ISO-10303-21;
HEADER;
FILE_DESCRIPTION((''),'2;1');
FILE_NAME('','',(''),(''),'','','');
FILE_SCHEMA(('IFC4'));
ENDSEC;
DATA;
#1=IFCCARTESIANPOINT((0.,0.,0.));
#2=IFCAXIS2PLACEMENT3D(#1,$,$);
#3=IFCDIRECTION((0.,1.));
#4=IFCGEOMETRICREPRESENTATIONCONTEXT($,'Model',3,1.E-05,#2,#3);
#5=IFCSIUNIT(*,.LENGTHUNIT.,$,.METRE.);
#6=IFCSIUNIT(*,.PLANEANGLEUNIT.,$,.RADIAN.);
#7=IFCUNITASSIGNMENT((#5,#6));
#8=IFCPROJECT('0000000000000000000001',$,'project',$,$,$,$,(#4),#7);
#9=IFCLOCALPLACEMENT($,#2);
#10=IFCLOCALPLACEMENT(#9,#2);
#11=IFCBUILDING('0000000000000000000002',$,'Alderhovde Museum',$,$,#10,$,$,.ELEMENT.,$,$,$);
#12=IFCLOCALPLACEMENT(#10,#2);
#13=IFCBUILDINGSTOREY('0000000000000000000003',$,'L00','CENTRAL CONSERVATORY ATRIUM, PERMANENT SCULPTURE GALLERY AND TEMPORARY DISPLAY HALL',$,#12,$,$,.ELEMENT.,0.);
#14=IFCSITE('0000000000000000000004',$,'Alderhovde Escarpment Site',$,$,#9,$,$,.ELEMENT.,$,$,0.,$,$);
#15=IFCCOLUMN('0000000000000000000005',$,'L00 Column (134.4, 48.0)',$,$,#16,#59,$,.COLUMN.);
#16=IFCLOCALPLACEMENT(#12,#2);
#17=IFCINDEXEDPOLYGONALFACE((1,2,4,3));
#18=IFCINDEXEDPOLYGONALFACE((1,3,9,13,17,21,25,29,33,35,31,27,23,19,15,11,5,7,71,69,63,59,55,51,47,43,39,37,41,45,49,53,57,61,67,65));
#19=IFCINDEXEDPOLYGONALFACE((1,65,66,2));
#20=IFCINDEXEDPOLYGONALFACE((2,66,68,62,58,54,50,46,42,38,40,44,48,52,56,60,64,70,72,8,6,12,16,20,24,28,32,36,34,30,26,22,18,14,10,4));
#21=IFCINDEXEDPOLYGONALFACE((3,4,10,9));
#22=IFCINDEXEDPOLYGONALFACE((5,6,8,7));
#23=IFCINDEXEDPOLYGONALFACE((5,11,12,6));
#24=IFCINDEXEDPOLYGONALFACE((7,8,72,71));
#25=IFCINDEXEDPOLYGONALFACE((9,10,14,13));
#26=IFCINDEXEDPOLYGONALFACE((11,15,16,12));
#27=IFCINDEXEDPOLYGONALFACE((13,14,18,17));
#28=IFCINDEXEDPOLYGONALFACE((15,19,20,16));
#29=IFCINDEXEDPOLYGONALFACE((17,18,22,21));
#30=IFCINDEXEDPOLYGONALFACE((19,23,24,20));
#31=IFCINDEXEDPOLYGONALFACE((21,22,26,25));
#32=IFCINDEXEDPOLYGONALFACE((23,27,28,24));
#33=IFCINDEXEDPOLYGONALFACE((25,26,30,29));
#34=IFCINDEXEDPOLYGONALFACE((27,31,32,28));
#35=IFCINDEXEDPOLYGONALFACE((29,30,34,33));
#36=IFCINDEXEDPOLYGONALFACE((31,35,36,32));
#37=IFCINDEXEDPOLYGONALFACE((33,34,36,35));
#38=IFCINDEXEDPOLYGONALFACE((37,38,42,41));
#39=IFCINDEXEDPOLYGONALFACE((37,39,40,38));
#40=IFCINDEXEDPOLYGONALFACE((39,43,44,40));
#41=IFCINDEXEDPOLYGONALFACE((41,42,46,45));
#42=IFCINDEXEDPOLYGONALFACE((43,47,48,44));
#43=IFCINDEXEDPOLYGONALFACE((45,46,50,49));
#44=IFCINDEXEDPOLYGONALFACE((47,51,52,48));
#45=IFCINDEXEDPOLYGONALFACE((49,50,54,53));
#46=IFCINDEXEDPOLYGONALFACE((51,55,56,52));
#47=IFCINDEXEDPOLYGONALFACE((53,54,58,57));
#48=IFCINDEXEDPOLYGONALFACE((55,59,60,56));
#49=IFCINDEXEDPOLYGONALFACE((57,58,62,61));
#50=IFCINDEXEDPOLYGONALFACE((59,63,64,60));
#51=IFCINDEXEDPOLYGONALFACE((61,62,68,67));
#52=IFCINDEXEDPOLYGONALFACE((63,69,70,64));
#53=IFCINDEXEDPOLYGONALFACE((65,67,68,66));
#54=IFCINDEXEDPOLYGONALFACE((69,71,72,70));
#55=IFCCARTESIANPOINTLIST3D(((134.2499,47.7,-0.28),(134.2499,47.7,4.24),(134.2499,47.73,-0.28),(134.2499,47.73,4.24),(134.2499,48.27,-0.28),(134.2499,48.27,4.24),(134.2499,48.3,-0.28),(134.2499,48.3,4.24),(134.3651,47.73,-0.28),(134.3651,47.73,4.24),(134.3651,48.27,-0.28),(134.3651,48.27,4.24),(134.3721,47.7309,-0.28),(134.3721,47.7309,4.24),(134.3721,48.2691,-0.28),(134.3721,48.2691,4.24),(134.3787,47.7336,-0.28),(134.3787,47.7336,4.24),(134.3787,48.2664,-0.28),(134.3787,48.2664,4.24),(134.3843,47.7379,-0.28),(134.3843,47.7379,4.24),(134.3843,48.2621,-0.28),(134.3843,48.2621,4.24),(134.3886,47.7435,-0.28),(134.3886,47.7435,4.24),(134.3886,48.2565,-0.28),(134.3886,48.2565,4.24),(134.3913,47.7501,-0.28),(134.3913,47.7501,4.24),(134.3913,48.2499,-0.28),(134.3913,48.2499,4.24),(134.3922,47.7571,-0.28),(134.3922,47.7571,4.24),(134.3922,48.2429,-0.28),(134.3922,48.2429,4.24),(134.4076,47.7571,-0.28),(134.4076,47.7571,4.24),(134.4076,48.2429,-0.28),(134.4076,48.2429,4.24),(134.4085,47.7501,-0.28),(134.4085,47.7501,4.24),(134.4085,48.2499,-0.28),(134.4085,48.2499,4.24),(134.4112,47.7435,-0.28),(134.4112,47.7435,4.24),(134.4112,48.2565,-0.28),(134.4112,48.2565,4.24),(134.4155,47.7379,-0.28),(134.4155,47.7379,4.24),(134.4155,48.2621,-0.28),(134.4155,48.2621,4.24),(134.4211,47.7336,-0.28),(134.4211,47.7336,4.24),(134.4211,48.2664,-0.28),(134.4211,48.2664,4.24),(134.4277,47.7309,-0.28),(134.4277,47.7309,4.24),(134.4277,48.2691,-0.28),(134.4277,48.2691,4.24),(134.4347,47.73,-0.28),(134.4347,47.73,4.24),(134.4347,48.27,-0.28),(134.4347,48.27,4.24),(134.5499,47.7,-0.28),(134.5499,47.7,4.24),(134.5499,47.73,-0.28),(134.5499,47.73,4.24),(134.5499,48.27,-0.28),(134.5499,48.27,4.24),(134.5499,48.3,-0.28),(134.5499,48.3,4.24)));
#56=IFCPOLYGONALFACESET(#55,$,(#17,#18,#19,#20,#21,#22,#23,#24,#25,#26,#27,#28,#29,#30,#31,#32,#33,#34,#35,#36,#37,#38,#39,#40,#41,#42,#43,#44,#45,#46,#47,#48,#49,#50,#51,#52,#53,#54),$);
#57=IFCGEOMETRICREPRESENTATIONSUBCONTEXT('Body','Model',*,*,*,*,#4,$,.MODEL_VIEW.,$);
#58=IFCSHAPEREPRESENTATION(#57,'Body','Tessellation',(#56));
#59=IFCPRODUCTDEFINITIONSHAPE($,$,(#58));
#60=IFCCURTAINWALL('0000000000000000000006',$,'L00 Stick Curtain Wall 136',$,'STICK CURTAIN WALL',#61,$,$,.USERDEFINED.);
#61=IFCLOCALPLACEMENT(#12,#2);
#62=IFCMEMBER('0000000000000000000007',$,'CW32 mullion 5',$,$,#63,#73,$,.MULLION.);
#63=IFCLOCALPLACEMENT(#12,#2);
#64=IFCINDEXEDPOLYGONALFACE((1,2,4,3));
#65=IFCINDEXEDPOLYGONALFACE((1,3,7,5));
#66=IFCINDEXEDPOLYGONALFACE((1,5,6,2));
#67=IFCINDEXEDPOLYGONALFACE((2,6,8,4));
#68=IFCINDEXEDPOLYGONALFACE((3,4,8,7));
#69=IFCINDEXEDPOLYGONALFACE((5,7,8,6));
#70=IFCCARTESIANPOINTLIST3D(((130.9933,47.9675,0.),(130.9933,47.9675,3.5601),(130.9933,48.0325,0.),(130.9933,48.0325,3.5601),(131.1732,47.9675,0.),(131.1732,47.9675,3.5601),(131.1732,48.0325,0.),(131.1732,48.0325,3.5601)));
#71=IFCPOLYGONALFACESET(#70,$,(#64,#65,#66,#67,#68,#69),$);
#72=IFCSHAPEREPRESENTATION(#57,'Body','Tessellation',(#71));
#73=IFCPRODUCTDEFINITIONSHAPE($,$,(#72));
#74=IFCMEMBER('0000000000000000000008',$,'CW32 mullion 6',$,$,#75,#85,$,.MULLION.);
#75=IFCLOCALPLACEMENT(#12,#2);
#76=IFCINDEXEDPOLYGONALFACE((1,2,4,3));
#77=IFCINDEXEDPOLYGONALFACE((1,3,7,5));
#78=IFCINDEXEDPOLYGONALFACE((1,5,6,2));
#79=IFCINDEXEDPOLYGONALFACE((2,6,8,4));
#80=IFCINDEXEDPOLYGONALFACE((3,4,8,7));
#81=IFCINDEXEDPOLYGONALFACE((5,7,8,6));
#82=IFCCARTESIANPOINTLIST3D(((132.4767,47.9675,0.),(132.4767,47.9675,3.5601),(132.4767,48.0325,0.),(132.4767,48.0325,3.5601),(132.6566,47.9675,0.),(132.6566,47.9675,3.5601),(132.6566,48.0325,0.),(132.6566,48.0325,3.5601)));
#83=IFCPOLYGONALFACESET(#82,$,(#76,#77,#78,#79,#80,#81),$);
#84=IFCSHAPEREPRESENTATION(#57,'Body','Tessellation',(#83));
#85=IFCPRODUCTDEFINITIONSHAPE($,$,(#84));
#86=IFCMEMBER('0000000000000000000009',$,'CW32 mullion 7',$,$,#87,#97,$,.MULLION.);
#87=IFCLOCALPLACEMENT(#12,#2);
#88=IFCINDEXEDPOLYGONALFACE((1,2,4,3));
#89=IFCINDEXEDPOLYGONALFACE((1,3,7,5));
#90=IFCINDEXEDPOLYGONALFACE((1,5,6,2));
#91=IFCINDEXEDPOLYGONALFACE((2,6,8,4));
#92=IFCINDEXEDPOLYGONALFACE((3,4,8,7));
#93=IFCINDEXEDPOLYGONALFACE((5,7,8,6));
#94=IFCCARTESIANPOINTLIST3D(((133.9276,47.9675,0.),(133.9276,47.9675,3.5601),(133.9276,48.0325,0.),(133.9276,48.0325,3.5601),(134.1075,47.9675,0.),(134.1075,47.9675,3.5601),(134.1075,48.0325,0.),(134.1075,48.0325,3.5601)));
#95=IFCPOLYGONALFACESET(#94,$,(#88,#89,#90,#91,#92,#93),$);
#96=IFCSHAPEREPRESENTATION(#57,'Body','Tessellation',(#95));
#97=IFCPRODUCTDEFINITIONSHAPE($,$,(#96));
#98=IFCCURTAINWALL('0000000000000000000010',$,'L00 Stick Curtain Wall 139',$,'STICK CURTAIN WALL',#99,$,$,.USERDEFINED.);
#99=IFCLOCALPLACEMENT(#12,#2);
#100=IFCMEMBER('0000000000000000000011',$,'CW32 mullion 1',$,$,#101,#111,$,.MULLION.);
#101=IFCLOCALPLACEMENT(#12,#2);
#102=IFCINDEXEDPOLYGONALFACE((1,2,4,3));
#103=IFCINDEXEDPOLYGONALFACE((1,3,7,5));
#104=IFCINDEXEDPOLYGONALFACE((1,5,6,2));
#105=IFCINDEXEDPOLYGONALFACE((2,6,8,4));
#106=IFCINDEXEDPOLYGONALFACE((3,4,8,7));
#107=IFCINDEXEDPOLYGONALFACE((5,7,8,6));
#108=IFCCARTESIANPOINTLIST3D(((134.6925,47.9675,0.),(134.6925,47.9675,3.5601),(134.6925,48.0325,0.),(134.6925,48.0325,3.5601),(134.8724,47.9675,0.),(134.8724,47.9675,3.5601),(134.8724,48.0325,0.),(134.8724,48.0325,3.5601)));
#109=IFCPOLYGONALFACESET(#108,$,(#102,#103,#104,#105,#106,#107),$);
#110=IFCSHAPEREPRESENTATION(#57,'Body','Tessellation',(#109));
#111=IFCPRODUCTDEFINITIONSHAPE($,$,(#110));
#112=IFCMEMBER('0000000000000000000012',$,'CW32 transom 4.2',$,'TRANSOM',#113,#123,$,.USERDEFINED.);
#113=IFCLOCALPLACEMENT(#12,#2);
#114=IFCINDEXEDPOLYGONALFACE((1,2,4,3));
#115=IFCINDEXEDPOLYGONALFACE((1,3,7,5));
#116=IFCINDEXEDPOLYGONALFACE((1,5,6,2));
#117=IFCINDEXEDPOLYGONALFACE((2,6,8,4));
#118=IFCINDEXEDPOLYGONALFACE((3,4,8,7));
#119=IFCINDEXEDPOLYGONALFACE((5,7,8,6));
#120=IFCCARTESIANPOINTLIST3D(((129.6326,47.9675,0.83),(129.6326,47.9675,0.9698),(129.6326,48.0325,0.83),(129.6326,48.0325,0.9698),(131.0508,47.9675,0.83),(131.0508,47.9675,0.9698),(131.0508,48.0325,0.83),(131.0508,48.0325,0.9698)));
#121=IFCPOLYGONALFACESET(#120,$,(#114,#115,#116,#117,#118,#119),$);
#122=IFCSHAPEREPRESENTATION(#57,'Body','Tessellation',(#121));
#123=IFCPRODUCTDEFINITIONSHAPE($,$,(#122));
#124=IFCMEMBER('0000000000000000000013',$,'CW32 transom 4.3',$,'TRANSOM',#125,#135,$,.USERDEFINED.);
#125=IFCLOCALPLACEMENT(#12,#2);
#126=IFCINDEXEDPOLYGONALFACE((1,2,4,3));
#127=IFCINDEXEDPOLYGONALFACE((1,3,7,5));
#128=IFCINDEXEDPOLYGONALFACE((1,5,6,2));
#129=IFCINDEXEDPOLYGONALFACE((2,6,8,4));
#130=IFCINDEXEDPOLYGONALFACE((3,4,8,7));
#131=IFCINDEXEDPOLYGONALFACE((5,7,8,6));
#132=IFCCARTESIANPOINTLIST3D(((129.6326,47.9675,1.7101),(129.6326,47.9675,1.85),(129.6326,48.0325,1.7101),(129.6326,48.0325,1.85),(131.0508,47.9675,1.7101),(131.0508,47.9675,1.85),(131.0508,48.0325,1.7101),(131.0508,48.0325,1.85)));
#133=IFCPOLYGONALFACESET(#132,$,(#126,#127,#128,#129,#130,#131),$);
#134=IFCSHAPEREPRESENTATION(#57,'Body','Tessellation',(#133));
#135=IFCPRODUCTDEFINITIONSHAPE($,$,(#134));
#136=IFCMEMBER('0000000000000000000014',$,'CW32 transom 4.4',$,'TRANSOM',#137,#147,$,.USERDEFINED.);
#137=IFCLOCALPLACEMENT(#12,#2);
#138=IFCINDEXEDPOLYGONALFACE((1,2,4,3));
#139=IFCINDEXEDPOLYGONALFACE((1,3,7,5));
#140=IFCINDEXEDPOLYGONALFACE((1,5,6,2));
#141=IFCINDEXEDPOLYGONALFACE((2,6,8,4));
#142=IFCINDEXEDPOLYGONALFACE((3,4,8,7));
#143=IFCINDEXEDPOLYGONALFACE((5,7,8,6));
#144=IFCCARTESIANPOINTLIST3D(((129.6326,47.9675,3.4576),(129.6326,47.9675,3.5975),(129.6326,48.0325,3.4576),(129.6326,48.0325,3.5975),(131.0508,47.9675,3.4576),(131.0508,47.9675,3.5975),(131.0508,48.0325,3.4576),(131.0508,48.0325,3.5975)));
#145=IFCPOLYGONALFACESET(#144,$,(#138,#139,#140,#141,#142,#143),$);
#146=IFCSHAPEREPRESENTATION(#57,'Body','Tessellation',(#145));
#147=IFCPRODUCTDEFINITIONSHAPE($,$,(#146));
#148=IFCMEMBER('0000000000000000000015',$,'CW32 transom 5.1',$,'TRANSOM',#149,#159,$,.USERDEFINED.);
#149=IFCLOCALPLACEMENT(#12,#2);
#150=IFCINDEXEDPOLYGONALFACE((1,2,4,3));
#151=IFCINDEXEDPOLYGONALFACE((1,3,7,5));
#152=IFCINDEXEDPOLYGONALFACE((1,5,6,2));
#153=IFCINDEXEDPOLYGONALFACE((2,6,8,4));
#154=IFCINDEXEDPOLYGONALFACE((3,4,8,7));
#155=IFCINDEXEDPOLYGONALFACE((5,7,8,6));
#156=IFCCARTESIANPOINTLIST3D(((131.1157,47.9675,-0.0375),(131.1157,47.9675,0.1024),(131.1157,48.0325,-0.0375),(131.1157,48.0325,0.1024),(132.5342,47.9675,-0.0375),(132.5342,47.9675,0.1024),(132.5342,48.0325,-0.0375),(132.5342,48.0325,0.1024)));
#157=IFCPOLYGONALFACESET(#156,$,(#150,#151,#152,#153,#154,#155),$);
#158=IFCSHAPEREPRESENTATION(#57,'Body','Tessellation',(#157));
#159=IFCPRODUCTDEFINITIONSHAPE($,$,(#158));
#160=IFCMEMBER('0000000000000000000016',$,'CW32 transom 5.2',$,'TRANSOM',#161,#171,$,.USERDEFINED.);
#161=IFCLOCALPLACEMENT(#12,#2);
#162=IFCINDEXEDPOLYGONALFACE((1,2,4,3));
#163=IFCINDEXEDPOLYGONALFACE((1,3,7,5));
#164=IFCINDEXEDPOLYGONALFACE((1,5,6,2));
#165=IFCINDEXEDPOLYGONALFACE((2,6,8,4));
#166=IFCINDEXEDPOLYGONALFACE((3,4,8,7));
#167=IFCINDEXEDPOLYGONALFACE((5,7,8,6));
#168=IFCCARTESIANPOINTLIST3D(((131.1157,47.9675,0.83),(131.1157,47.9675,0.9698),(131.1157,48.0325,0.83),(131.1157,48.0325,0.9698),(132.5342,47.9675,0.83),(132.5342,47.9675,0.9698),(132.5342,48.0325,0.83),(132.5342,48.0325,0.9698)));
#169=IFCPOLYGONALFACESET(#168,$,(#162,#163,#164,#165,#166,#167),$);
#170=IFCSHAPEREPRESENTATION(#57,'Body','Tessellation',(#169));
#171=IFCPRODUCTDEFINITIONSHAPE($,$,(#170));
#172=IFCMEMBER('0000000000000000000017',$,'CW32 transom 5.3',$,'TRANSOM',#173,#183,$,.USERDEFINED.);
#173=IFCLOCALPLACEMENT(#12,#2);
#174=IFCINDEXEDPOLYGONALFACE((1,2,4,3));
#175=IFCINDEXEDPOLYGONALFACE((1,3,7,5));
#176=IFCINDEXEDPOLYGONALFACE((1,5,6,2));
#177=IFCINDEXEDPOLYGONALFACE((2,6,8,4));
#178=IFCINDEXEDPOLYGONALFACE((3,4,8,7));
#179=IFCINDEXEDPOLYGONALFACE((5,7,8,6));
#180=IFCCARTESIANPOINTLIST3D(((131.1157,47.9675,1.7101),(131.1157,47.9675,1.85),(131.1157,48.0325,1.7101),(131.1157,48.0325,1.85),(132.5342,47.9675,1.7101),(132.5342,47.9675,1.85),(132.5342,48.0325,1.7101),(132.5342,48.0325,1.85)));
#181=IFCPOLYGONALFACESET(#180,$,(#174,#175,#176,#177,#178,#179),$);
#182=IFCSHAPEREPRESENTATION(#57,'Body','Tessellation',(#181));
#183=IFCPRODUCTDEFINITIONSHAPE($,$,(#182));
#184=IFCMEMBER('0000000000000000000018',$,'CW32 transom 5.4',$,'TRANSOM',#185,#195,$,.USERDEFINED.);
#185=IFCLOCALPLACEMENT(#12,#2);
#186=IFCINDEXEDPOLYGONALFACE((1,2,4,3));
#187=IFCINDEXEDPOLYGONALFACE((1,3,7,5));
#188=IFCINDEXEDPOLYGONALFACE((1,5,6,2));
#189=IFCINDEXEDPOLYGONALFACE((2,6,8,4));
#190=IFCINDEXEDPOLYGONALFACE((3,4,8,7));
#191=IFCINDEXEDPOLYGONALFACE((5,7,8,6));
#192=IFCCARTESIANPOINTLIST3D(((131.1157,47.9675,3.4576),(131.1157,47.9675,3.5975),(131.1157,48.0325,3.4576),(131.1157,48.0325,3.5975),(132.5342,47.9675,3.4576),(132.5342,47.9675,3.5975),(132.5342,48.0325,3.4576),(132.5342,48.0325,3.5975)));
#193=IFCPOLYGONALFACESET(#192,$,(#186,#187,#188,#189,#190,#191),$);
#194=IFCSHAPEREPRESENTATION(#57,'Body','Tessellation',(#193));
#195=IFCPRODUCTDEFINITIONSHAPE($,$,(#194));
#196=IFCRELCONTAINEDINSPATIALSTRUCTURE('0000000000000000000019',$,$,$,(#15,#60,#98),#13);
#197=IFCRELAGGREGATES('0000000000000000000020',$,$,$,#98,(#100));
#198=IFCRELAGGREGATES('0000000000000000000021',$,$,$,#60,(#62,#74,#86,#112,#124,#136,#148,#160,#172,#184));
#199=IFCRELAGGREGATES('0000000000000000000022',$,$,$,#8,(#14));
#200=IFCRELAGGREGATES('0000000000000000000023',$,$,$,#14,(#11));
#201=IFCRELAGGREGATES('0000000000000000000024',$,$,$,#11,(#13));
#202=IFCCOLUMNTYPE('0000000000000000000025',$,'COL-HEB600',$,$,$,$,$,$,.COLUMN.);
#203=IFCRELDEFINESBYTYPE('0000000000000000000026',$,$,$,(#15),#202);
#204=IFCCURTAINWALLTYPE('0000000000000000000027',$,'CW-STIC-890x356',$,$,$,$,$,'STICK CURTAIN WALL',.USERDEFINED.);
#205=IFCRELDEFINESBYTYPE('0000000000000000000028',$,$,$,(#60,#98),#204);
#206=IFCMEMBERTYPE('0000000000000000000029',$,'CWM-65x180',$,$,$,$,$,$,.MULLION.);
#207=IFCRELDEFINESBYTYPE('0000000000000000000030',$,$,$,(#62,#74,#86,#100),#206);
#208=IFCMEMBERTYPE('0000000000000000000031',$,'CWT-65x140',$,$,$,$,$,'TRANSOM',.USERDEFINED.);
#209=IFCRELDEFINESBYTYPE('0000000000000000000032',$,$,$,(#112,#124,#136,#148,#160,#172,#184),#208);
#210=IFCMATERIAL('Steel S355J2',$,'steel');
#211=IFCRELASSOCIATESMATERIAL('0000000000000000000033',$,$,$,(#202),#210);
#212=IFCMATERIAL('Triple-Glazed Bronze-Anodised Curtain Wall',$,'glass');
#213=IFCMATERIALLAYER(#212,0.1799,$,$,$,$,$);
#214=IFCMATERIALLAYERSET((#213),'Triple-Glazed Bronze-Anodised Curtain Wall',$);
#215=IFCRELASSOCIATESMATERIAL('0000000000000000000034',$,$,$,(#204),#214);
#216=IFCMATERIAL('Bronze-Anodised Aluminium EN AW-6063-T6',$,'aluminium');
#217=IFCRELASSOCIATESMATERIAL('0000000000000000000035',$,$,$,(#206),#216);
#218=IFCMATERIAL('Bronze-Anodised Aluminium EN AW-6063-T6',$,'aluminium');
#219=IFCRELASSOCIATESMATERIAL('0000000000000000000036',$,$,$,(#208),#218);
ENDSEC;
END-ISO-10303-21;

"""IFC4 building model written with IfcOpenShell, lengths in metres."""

from ifc_helpers import new_model, si_unit, direction, frame, origin, origin_2d, place, context, subcontext, project, spatial, rectangle, i_section, extrude, material, layer, layer_set, material_profile, profile_set, type_object, element, aggregate, save


model = new_model("IFC4")

# Units and contexts
model_context = context("Model", 3, precision=1e-05, world=origin(), true_north=direction((0.0, 1.0)))
body_context = subcontext(model_context, "Body", "Model", "MODEL_VIEW")
ifc_project = project(units=[si_unit("LENGTHUNIT", "METRE"), si_unit("PLANEANGLEUNIT", "RADIAN")], contexts=[model_context])

# Site, building, storey
site_placement = place(None, origin())
site = spatial("IfcSite", under=ifc_project, at=site_placement, Name="Alderhovde Escarpment Site", CompositionType="ELEMENT", RefElevation=0.0)
building_placement = place(site_placement, origin())
building = spatial("IfcBuilding", under=site, at=building_placement, Name="Alderhovde Museum", CompositionType="ELEMENT")
storey_placement = place(building_placement, origin())
storey = spatial("IfcBuildingStorey", under=building, at=storey_placement, Name="L00", Description="CENTRAL CONSERVATORY ATRIUM, PERMANENT SCULPTURE GALLERY AND TEMPORARY DISPLAY HALL", CompositionType="ELEMENT", Elevation=0.0)

# Column
ifc_material_1 = material(Name="Steel S355J2", Category="steel")
ifc_material_profile_1 = material_profile(ifc_material_1, i_section(OverallWidth=0.3, OverallDepth=0.6001, WebThickness=0.0154, FlangeThickness=0.03, FilletRadius=0.0271, at=origin_2d()), Name="HEB 600")
ifc_profile_set_1 = profile_set([ifc_material_profile_1], Name="Steel S355J2")
column_type = type_object("IfcColumnType", Name="COL-HEB600", PredefinedType="COLUMN", material=ifc_profile_set_1)
column_placement = place(storey_placement, frame((134.3999, 48.0, -0.28), z_axis=(0.0, 0.0, 1.0), x_axis=(1.0, 0.0, 0.0)))
element("IfcColumn", 1, at=column_placement, inside=storey, type_object=column_type, Name="L00 Column (134.4, 48.0)", PredefinedType="COLUMN", context=body_context, shape_type="SweptSolid", body=[
    extrude(i_section(OverallWidth=0.3, OverallDepth=0.6001, WebThickness=0.0154, FlangeThickness=0.03, FilletRadius=0.0271, at=origin_2d()), origin(), (0.0, 0.0, 1.0), 4.52),
])

# Curtain wall, members
ifc_material_2 = material(Name="Triple-Glazed Bronze-Anodised Curtain Wall", Category="glass")
ifc_layer_1 = layer(ifc_material_2, 0.1799)
ifc_layer_set_1 = layer_set([ifc_layer_1], Name="Triple-Glazed Bronze-Anodised Curtain Wall")
curtain_wall_type = type_object("IfcCurtainWallType", Name="CW-STIC-890x356", ElementType="STICK CURTAIN WALL", PredefinedType="USERDEFINED", material=ifc_layer_set_1)
curtain_wall_1_placement = place(storey_placement, origin())
curtain_wall_1 = element("IfcCurtainWall", 2, at=curtain_wall_1_placement, inside=storey, type_object=curtain_wall_type, Name="L00 Stick Curtain Wall 136", ObjectType="STICK CURTAIN WALL", PredefinedType="USERDEFINED")
ifc_material_3 = material(Name="Bronze-Anodised Aluminium EN AW-6063-T6", Category="aluminium")
ifc_material_profile_2 = material_profile(ifc_material_3, rectangle(XDim=0.0649, YDim=0.1799, at=origin_2d()), Name="MULLION 65x180")
ifc_profile_set_2 = profile_set([ifc_material_profile_2], Name="Bronze-Anodised Aluminium EN AW-6063-T6")
member_type_1 = type_object("IfcMemberType", Name="CWM-65x180", PredefinedType="MULLION", material=ifc_profile_set_2)
member_1_placement = place(storey_placement, frame((131.0833, 48.0, 0.0), z_axis=(0.0, 0.0, 1.0), x_axis=(0.0, 1.0, 0.0)))
member_1 = element("IfcMember", 3, at=member_1_placement, type_object=member_type_1, Name="CW32 mullion 5", PredefinedType="MULLION", context=body_context, shape_type="SweptSolid", body=[
    extrude(rectangle(XDim=0.0649, YDim=0.1799, at=origin_2d()), origin(), (0.0, 0.0, 1.0), 3.5601),
])
member_2_placement = place(storey_placement, frame((132.5667, 48.0, 0.0), z_axis=(0.0, 0.0, 1.0), x_axis=(0.0, 1.0, 0.0)))
member_2 = element("IfcMember", 4, at=member_2_placement, type_object=member_type_1, Name="CW32 mullion 6", PredefinedType="MULLION", context=body_context, shape_type="SweptSolid", body=[
    extrude(rectangle(XDim=0.0649, YDim=0.1799, at=origin_2d()), origin(), (0.0, 0.0, 1.0), 3.5601),
])
member_3_placement = place(storey_placement, frame((134.0176, 48.0, 0.0), z_axis=(0.0, 0.0, 1.0), x_axis=(0.0, 1.0, 0.0)))
member_3 = element("IfcMember", 5, at=member_3_placement, type_object=member_type_1, Name="CW32 mullion 7", PredefinedType="MULLION", context=body_context, shape_type="SweptSolid", body=[
    extrude(rectangle(XDim=0.0649, YDim=0.1799, at=origin_2d()), origin(), (0.0, 0.0, 1.0), 3.5601),
])

# Curtain wall, member
curtain_wall_2_placement = place(storey_placement, origin())
curtain_wall_2 = element("IfcCurtainWall", 6, at=curtain_wall_2_placement, inside=storey, type_object=curtain_wall_type, Name="L00 Stick Curtain Wall 139", ObjectType="STICK CURTAIN WALL", PredefinedType="USERDEFINED")
member_4_placement = place(storey_placement, frame((134.7825, 48.0, 0.0), z_axis=(0.0, 0.0, 1.0), x_axis=(0.0, 1.0, 0.0)))
member_4 = element("IfcMember", 7, at=member_4_placement, type_object=member_type_1, Name="CW32 mullion 1", PredefinedType="MULLION", context=body_context, shape_type="SweptSolid", body=[
    extrude(rectangle(XDim=0.0649, YDim=0.1799, at=origin_2d()), origin(), (0.0, 0.0, 1.0), 3.5601),
])

# Members
ifc_material_4 = material(Name="Bronze-Anodised Aluminium EN AW-6063-T6", Category="aluminium")
ifc_material_profile_3 = material_profile(ifc_material_4, rectangle(XDim=0.0649, YDim=0.1399, at=origin_2d()), Name="TRANSOM 65x140")
ifc_profile_set_3 = profile_set([ifc_material_profile_3], Name="Bronze-Anodised Aluminium EN AW-6063-T6")
member_type_2 = type_object("IfcMemberType", Name="CWT-65x140", ElementType="TRANSOM", PredefinedType="USERDEFINED", material=ifc_profile_set_3)
member_5_placement = place(storey_placement, frame((129.6326, 48.0, 0.8999), z_axis=(1.0, 0.0, 0.0), x_axis=(0.0, 1.0, 0.0)))
member_5 = element("IfcMember", 8, at=member_5_placement, type_object=member_type_2, Name="CW32 transom 4.2", ObjectType="TRANSOM", PredefinedType="USERDEFINED", context=body_context, shape_type="SweptSolid", body=[
    extrude(rectangle(XDim=0.0649, YDim=0.1399, at=origin_2d()), origin(), (0.0, 0.0, 1.0), 1.4182),
])
member_6_placement = place(storey_placement, frame((129.6326, 48.0, 1.78), z_axis=(1.0, 0.0, 0.0), x_axis=(0.0, 1.0, 0.0)))
member_6 = element("IfcMember", 9, at=member_6_placement, type_object=member_type_2, Name="CW32 transom 4.3", ObjectType="TRANSOM", PredefinedType="USERDEFINED", context=body_context, shape_type="SweptSolid", body=[
    extrude(rectangle(XDim=0.0649, YDim=0.1399, at=origin_2d()), origin(), (0.0, 0.0, 1.0), 1.4182),
])
member_7_placement = place(storey_placement, frame((129.6326, 48.0, 3.5276), z_axis=(1.0, 0.0, 0.0), x_axis=(0.0, 1.0, 0.0)))
member_7 = element("IfcMember", 10, at=member_7_placement, type_object=member_type_2, Name="CW32 transom 4.4", ObjectType="TRANSOM", PredefinedType="USERDEFINED", context=body_context, shape_type="SweptSolid", body=[
    extrude(rectangle(XDim=0.0649, YDim=0.1399, at=origin_2d()), origin(), (0.0, 0.0, 1.0), 1.4182),
])
member_8_placement = place(storey_placement, frame((131.1157, 48.0, 0.0325), z_axis=(1.0, 0.0, 0.0), x_axis=(0.0, 1.0, 0.0)))
member_8 = element("IfcMember", 11, at=member_8_placement, type_object=member_type_2, Name="CW32 transom 5.1", ObjectType="TRANSOM", PredefinedType="USERDEFINED", context=body_context, shape_type="SweptSolid", body=[
    extrude(rectangle(XDim=0.0649, YDim=0.1399, at=origin_2d()), origin(), (0.0, 0.0, 1.0), 1.4185),
])
member_9_placement = place(storey_placement, frame((131.1157, 48.0, 0.8999), z_axis=(1.0, 0.0, 0.0), x_axis=(0.0, 1.0, 0.0)))
member_9 = element("IfcMember", 12, at=member_9_placement, type_object=member_type_2, Name="CW32 transom 5.2", ObjectType="TRANSOM", PredefinedType="USERDEFINED", context=body_context, shape_type="SweptSolid", body=[
    extrude(rectangle(XDim=0.0649, YDim=0.1399, at=origin_2d()), origin(), (0.0, 0.0, 1.0), 1.4185),
])
member_10_placement = place(storey_placement, frame((131.1157, 48.0, 1.78), z_axis=(1.0, 0.0, 0.0), x_axis=(0.0, 1.0, 0.0)))
member_10 = element("IfcMember", 13, at=member_10_placement, type_object=member_type_2, Name="CW32 transom 5.3", ObjectType="TRANSOM", PredefinedType="USERDEFINED", context=body_context, shape_type="SweptSolid", body=[
    extrude(rectangle(XDim=0.0649, YDim=0.1399, at=origin_2d()), origin(), (0.0, 0.0, 1.0), 1.4185),
])
member_11_placement = place(storey_placement, frame((131.1157, 48.0, 3.5276), z_axis=(1.0, 0.0, 0.0), x_axis=(0.0, 1.0, 0.0)))
member_11 = element("IfcMember", 14, at=member_11_placement, type_object=member_type_2, Name="CW32 transom 5.4", ObjectType="TRANSOM", PredefinedType="USERDEFINED", context=body_context, shape_type="SweptSolid", body=[
    extrude(rectangle(XDim=0.0649, YDim=0.1399, at=origin_2d()), origin(), (0.0, 0.0, 1.0), 1.4185),
])
aggregate(curtain_wall_2, [member_4])

aggregate(curtain_wall_1, [member_1, member_2, member_3, member_5, member_6, member_7, member_8, member_9, member_10, member_11])

save(model, "model.ifc")
